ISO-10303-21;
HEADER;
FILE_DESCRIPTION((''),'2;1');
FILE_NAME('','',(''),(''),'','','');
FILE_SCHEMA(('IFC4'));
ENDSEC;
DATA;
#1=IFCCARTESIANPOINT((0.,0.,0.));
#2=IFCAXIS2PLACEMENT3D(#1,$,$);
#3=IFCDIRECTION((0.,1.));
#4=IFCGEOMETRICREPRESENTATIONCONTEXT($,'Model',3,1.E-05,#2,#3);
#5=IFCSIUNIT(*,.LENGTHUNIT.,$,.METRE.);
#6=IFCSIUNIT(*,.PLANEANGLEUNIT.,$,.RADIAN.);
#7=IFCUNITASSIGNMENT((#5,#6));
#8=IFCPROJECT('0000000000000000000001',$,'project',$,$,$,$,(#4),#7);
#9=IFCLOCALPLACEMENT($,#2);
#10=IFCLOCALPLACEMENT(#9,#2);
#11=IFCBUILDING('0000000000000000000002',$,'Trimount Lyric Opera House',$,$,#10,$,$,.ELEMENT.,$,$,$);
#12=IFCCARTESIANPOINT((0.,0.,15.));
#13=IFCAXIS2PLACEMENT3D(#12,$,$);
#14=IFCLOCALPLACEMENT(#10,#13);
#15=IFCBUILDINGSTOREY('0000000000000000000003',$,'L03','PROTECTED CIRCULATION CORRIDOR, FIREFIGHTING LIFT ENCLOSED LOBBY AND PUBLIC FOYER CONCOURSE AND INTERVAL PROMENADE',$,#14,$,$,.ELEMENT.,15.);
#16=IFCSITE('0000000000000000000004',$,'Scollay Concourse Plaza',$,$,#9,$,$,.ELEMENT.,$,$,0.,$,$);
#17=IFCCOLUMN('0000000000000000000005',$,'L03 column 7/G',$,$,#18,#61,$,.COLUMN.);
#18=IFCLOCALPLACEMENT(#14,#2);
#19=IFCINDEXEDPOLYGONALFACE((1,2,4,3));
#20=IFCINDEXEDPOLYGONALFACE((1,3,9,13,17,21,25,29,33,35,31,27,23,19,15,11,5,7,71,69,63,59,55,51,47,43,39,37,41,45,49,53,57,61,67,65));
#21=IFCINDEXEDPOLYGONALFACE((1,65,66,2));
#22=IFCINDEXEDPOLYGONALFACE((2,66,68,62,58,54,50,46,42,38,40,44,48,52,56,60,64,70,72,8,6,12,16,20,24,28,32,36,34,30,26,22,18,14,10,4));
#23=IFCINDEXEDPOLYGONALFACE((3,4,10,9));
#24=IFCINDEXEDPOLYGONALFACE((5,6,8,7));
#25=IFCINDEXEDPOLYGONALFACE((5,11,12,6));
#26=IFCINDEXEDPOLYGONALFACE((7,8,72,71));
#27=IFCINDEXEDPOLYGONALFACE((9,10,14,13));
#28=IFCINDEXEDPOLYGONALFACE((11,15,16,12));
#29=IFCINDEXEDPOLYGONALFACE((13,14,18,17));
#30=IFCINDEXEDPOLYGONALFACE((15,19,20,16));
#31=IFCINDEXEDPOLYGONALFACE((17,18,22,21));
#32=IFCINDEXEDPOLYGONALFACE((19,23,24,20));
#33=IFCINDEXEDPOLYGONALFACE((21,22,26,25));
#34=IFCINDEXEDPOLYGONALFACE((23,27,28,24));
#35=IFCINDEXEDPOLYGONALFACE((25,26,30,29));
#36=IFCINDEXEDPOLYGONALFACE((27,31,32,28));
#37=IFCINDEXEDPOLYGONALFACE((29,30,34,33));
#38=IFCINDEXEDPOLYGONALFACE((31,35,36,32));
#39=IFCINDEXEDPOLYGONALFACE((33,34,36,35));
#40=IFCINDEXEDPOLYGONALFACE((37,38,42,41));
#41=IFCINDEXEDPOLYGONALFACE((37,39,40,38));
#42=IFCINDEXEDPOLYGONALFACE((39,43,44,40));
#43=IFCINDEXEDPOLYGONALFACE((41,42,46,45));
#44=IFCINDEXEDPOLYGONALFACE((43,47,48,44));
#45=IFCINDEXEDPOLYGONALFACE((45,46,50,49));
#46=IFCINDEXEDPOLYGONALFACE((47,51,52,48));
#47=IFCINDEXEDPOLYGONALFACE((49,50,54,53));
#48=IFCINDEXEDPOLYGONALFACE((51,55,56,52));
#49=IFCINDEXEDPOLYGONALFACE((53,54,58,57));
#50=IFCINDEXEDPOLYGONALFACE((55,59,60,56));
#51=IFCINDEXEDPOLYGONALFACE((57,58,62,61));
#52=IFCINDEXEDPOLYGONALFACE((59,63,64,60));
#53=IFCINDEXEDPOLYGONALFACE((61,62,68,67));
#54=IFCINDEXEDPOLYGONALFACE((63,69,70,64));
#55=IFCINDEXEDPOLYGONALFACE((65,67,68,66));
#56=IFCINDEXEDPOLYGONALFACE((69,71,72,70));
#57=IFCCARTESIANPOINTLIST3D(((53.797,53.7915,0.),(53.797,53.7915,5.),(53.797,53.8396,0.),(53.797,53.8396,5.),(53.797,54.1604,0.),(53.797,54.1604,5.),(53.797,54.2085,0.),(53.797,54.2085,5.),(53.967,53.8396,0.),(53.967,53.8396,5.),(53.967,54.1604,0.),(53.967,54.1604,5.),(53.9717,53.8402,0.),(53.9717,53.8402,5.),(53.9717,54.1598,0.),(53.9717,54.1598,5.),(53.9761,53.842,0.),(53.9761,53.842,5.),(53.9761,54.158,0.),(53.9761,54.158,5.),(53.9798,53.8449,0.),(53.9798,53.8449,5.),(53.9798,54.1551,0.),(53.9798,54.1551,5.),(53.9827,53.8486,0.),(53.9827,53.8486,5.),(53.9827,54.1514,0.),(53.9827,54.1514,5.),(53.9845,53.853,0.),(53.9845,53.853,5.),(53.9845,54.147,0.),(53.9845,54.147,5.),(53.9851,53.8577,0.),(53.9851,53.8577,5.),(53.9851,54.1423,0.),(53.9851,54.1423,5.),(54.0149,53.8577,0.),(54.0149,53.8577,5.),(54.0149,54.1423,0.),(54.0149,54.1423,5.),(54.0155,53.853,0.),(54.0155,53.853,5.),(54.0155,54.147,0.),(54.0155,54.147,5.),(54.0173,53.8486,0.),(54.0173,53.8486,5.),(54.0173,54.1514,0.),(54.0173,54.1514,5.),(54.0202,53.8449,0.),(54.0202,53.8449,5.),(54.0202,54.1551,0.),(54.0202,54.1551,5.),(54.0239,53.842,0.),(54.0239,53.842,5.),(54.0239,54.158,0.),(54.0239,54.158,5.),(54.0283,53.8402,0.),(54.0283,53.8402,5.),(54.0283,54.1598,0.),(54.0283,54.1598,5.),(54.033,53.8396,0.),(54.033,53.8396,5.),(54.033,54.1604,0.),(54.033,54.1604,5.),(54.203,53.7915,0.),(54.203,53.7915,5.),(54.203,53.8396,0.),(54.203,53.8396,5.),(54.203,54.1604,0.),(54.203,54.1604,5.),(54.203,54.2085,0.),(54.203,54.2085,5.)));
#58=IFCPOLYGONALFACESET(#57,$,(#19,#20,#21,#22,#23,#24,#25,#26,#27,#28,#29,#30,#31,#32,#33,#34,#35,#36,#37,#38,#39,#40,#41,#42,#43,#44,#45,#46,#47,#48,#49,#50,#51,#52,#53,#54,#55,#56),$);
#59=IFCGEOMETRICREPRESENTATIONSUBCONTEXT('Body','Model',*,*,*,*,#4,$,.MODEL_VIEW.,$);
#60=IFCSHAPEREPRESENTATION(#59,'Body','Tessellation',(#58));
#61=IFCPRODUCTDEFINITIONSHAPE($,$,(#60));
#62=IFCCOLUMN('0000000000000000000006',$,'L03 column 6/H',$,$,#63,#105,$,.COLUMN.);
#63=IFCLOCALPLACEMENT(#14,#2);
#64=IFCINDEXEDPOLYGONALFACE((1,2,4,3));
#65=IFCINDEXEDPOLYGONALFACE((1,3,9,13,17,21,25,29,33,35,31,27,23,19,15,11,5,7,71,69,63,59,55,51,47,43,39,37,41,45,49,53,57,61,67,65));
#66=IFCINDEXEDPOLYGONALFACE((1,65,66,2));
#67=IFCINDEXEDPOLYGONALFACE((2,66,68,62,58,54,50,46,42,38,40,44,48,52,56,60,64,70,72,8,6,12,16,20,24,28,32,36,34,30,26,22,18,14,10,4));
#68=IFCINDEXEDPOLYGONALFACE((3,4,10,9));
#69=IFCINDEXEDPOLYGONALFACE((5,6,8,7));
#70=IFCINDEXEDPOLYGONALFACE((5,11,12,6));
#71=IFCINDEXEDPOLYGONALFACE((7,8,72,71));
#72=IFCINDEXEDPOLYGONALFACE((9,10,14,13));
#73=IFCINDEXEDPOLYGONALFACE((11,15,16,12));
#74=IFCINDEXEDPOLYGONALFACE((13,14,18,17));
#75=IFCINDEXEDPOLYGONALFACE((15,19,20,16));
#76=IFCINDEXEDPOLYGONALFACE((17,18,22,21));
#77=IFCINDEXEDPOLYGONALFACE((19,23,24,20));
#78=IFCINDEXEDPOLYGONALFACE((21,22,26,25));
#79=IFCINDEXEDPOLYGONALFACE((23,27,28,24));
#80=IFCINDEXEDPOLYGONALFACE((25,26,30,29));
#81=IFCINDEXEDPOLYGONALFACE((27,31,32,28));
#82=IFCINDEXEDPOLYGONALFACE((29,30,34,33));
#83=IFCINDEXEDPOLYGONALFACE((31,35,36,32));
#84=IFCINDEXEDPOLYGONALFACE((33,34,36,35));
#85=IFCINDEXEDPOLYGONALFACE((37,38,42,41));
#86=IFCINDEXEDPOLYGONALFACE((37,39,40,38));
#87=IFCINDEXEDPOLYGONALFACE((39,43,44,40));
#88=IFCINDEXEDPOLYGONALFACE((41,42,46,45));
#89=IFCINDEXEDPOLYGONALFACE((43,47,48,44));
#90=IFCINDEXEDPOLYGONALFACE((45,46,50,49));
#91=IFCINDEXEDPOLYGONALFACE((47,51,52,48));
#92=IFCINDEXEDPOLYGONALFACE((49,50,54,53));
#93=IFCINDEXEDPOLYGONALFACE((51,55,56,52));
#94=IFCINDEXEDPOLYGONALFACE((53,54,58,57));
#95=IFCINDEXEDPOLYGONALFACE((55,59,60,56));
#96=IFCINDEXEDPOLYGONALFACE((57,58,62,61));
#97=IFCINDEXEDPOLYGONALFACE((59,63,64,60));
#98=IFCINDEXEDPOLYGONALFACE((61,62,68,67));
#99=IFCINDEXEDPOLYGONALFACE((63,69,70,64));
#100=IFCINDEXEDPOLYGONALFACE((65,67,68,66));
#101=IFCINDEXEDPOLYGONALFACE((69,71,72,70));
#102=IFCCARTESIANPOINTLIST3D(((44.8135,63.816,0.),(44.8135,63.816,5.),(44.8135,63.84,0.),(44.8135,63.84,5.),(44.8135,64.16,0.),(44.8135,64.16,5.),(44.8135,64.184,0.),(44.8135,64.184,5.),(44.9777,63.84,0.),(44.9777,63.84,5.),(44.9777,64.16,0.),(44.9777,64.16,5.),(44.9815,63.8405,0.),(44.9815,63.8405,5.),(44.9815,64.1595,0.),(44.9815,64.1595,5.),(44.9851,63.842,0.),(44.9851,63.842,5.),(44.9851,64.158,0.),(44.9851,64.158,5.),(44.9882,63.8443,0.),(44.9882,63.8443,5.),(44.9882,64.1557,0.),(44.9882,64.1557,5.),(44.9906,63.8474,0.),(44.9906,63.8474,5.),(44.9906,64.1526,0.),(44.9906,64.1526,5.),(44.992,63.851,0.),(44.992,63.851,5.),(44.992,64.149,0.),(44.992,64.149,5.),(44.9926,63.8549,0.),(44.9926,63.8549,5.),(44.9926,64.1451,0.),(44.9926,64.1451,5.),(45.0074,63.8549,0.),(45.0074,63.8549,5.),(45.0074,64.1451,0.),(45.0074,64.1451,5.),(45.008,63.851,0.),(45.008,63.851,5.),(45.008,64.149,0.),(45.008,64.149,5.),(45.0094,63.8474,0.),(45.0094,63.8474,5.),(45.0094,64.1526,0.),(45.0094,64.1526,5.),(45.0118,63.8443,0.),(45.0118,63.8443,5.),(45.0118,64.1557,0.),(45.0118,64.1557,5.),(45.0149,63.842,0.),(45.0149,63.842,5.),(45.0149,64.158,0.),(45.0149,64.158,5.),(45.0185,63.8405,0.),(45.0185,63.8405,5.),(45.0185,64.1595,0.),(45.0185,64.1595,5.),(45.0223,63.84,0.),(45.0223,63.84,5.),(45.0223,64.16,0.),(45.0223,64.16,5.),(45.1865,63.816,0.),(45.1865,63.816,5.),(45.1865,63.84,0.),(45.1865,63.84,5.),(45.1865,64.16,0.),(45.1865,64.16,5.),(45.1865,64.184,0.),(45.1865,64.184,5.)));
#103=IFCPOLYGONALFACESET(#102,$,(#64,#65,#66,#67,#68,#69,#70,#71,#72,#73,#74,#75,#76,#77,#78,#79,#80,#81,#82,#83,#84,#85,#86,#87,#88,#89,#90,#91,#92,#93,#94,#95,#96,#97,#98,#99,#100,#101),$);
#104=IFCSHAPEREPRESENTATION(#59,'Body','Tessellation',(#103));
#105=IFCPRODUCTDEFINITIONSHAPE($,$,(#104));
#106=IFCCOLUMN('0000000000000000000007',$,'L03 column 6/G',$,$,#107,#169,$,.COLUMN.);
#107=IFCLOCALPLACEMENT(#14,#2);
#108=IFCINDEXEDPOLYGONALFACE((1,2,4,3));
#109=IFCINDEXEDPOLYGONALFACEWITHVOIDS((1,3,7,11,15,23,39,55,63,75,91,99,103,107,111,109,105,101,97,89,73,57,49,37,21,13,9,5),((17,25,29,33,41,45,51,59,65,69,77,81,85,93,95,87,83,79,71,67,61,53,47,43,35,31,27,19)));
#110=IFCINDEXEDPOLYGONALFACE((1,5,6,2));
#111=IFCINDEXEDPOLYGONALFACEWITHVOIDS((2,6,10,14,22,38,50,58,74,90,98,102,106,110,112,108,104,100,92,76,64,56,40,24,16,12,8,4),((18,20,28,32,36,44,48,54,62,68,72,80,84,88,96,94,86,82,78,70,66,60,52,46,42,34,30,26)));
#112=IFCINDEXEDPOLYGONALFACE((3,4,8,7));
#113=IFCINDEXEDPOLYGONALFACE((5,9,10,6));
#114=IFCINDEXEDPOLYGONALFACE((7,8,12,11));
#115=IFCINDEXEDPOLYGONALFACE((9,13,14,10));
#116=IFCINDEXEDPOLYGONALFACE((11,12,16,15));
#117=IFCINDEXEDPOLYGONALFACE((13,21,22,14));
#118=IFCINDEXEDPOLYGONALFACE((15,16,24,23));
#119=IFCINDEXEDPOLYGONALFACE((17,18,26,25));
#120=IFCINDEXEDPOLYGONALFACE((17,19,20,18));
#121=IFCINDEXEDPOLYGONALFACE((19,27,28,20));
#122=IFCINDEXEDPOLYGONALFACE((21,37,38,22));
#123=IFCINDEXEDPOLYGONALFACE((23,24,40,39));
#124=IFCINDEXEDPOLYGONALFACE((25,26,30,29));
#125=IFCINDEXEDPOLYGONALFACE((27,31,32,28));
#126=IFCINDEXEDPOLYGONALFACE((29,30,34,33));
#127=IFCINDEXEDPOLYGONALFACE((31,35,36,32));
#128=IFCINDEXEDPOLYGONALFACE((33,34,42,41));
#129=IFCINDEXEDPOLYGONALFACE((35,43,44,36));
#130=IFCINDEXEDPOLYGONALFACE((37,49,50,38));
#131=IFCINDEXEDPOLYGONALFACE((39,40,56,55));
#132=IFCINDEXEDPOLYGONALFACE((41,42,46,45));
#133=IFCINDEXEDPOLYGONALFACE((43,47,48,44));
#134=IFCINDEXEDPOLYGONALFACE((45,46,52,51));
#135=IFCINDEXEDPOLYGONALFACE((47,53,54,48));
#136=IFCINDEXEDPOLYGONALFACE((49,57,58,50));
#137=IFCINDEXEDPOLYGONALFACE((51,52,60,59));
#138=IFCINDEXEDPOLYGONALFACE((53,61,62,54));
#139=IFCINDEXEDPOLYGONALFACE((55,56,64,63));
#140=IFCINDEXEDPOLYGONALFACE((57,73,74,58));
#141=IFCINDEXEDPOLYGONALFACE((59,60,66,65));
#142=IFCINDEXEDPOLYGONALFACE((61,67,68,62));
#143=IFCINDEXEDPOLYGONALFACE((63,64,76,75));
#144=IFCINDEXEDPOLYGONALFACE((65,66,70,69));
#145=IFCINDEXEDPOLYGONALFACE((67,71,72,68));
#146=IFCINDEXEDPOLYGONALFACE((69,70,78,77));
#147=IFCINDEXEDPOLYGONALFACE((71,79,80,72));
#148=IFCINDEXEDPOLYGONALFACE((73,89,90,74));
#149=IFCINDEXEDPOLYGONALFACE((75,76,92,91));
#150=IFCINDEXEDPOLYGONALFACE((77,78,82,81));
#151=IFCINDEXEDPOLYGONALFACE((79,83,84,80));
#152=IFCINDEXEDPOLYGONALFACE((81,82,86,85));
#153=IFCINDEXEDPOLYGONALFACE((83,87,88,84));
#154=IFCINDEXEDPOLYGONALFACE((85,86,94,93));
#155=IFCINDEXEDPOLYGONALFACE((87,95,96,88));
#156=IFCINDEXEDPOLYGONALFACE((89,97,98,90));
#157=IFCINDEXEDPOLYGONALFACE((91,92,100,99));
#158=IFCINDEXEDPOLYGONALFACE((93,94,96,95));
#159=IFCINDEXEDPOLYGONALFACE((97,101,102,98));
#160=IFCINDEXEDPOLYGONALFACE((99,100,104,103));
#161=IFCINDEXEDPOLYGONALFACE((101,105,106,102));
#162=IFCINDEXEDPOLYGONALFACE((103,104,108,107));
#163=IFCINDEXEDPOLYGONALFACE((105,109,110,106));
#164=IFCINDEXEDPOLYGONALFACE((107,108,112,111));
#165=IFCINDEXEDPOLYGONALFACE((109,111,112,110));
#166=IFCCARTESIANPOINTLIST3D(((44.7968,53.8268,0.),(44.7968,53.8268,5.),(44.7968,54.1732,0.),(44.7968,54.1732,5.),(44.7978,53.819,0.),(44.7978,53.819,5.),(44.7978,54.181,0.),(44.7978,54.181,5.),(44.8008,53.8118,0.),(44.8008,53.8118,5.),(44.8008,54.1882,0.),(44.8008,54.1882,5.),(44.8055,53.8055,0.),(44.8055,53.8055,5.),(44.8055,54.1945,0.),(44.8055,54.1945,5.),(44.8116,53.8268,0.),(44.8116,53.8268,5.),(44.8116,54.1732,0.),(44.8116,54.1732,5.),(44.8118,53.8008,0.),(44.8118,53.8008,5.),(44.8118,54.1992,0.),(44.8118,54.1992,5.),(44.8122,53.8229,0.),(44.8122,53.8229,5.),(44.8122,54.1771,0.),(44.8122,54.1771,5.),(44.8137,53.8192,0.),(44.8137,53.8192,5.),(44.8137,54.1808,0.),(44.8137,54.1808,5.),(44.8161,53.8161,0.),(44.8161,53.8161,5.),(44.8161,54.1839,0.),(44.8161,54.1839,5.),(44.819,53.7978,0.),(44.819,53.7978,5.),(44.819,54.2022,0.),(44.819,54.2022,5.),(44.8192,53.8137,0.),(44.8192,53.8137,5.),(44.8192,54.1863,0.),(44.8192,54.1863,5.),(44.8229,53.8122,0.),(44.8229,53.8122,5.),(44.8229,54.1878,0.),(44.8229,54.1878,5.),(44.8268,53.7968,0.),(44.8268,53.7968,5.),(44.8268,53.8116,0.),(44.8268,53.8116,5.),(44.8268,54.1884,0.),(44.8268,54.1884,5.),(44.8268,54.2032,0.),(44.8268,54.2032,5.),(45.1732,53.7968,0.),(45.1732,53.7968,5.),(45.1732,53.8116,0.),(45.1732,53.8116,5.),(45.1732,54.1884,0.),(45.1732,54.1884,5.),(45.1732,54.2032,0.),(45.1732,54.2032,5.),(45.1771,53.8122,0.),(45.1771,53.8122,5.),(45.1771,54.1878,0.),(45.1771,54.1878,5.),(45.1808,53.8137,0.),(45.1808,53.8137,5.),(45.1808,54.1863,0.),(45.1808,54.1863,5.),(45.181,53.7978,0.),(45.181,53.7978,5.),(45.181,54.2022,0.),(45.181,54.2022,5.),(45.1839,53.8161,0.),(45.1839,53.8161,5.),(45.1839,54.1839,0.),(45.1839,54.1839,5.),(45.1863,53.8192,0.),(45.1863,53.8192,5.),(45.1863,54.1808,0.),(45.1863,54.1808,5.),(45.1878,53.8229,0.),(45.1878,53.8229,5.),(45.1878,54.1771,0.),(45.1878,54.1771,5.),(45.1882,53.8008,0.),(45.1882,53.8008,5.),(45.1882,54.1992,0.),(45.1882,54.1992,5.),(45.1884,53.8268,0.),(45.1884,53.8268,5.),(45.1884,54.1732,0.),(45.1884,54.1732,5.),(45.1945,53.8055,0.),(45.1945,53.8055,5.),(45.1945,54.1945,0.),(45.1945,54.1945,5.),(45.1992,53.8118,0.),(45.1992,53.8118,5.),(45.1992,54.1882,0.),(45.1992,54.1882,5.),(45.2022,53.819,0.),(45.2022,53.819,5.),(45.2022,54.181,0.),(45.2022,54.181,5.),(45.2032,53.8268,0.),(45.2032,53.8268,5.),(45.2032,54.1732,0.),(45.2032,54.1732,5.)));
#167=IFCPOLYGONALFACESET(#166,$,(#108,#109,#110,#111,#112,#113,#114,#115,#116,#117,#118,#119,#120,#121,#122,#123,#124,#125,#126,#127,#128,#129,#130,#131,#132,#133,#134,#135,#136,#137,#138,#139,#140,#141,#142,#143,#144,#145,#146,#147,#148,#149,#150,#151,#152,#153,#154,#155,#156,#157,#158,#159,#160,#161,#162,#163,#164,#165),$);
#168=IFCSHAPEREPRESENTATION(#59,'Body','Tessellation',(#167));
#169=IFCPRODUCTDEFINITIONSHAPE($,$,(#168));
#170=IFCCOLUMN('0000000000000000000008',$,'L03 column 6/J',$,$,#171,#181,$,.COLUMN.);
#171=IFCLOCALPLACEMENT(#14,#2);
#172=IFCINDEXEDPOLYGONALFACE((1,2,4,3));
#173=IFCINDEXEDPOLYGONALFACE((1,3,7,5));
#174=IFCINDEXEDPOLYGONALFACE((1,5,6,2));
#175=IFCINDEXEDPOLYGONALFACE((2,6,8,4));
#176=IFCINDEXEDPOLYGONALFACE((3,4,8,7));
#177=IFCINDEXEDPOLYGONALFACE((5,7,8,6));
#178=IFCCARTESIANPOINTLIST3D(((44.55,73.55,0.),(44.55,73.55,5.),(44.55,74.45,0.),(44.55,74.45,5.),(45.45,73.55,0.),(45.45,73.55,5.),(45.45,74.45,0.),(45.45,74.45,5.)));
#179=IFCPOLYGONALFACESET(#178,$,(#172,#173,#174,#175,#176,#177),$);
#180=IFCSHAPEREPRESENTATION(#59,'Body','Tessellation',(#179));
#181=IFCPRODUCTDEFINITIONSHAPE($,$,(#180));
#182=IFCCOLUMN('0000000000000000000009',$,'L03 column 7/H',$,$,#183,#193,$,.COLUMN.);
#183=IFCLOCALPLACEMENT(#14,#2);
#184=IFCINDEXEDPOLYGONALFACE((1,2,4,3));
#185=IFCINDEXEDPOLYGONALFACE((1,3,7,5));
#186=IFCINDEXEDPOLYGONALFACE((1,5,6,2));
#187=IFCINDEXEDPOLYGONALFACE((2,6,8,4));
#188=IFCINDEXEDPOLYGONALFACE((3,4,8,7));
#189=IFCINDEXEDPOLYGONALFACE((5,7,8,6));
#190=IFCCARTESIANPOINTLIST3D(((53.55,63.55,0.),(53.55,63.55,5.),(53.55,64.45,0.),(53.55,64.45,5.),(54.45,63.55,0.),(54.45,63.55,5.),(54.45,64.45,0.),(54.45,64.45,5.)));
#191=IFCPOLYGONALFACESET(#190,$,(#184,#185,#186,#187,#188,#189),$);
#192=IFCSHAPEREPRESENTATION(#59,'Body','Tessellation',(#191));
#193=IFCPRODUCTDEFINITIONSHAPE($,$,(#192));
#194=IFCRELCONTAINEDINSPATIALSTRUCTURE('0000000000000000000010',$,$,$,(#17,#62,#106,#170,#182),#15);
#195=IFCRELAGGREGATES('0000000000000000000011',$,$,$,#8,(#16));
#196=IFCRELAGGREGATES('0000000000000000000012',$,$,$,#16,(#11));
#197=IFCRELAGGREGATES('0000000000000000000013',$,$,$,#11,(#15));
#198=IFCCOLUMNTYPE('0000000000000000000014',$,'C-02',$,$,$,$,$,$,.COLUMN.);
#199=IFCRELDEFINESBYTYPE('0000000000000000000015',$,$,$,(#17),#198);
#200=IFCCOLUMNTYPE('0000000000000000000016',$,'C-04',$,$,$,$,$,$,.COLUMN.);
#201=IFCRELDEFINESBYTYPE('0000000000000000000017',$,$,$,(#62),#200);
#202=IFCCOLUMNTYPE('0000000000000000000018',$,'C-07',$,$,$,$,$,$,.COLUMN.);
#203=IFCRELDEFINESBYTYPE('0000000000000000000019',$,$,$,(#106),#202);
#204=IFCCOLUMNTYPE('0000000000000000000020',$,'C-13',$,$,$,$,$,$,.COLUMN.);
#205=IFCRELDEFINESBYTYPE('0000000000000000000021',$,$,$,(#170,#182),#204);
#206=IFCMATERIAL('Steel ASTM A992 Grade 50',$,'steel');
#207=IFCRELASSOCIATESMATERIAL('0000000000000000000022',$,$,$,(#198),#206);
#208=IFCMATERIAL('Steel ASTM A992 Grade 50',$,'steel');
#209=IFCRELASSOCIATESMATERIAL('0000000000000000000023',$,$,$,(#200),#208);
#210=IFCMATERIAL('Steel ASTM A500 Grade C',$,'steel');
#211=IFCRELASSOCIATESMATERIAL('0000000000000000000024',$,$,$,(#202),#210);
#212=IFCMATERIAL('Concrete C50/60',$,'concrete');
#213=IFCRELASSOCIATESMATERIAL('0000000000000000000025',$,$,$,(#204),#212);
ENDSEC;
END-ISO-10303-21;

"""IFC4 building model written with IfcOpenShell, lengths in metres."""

from ifc_helpers import new_model, si_unit, direction, frame, origin, origin_2d, place, context, subcontext, project, spatial, rectangle, hollow_rectangle, i_section, extrude, material, material_profile, profile_set, type_object, element, save


model = new_model("IFC4")

# Units and contexts
model_context = context("Model", 3, precision=1e-05, world=origin(), true_north=direction((0.0, 1.0)))
body_context = subcontext(model_context, "Body", "Model", "MODEL_VIEW")
ifc_project = project(units=[si_unit("LENGTHUNIT", "METRE"), si_unit("PLANEANGLEUNIT", "RADIAN")], contexts=[model_context])

# Site, building, storey
site_placement = place(None, origin())
site = spatial("IfcSite", under=ifc_project, at=site_placement, Name="Scollay Concourse Plaza", CompositionType="ELEMENT", RefElevation=0.0)
building_placement = place(site_placement, origin())
building = spatial("IfcBuilding", under=site, at=building_placement, Name="Trimount Lyric Opera House", CompositionType="ELEMENT")
storey_placement = place(building_placement, frame((0.0, 0.0, 15.0)))
storey = spatial("IfcBuildingStorey", under=building, at=storey_placement, Name="L03", Description="PROTECTED CIRCULATION CORRIDOR, FIREFIGHTING LIFT ENCLOSED LOBBY AND PUBLIC FOYER CONCOURSE AND INTERVAL PROMENADE", CompositionType="ELEMENT", Elevation=15.0)

# Columns
ifc_material_1 = material(Name="Steel ASTM A992 Grade 50", Category="steel")
ifc_material_profile_1 = material_profile(ifc_material_1, i_section(OverallWidth=0.406, OverallDepth=0.417, WebThickness=0.0298, FlangeThickness=0.0481, FilletRadius=0.0181, at=origin_2d()), Name="W14X257")
ifc_profile_set_1 = profile_set([ifc_material_profile_1], Name="Steel ASTM A992 Grade 50")
column_type_1 = type_object("IfcColumnType", Name="C-02", PredefinedType="COLUMN", material=ifc_profile_set_1)
column_1_placement = place(storey_placement, frame((54.0, 54.0, 0.0), z_axis=(0.0, 0.0, 1.0), x_axis=(1.0, 0.0, 0.0)))
element("IfcColumn", 1, at=column_1_placement, inside=storey, type_object=column_type_1, Name="L03 column 7/G", PredefinedType="COLUMN", context=body_context, shape_type="SweptSolid", body=[
    extrude(i_section(OverallWidth=0.406, OverallDepth=0.417, WebThickness=0.0298, FlangeThickness=0.0481, FilletRadius=0.0181, at=origin_2d()), origin(), (0.0, 0.0, 1.0), 5.0),
])
ifc_material_2 = material(Name="Steel ASTM A992 Grade 50", Category="steel")
ifc_material_profile_2 = material_profile(ifc_material_2, i_section(OverallWidth=0.373, OverallDepth=0.3679, WebThickness=0.0149, FlangeThickness=0.0239, FilletRadius=0.0149, at=origin_2d()), Name="W14X120")
ifc_profile_set_2 = profile_set([ifc_material_profile_2], Name="Steel ASTM A992 Grade 50")
column_type_2 = type_object("IfcColumnType", Name="C-04", PredefinedType="COLUMN", material=ifc_profile_set_2)
column_2_placement = place(storey_placement, frame((45.0, 64.0, 0.0), z_axis=(0.0, 0.0, 1.0), x_axis=(1.0, 0.0, 0.0)))
element("IfcColumn", 2, at=column_2_placement, inside=storey, type_object=column_type_2, Name="L03 column 6/H", PredefinedType="COLUMN", context=body_context, shape_type="SweptSolid", body=[
    extrude(i_section(OverallWidth=0.373, OverallDepth=0.3679, WebThickness=0.0149, FlangeThickness=0.0239, FilletRadius=0.0149, at=origin_2d()), origin(), (0.0, 0.0, 1.0), 5.0),
])
ifc_material_3 = material(Name="Steel ASTM A500 Grade C", Category="steel")
ifc_material_profile_3 = material_profile(ifc_material_3, hollow_rectangle(XDim=0.4065, YDim=0.4065, WallThickness=0.0149, InnerFilletRadius=0.0151, OuterFilletRadius=0.03, at=origin_2d()), Name="HSS406.4X406.4X15.9")
ifc_profile_set_3 = profile_set([ifc_material_profile_3], Name="Steel ASTM A500 Grade C")
column_type_3 = type_object("IfcColumnType", Name="C-07", PredefinedType="COLUMN", material=ifc_profile_set_3)
column_3_placement = place(storey_placement, frame((45.0, 54.0, 0.0), z_axis=(0.0, 0.0, 1.0), x_axis=(1.0, 0.0, 0.0)))
element("IfcColumn", 3, at=column_3_placement, inside=storey, type_object=column_type_3, Name="L03 column 6/G", PredefinedType="COLUMN", context=body_context, shape_type="SweptSolid", body=[
    extrude(hollow_rectangle(XDim=0.4065, YDim=0.4065, WallThickness=0.0149, InnerFilletRadius=0.0151, OuterFilletRadius=0.03, at=origin_2d()), origin(), (0.0, 0.0, 1.0), 5.0),
])
ifc_material_4 = material(Name="Concrete C50/60", Category="concrete")
ifc_material_profile_4 = material_profile(ifc_material_4, rectangle(XDim=0.8999, YDim=0.8999, at=origin_2d()), Name="RC900X900")
ifc_profile_set_4 = profile_set([ifc_material_profile_4], Name="Concrete C50/60")
column_type_4 = type_object("IfcColumnType", Name="C-13", PredefinedType="COLUMN", material=ifc_profile_set_4)
for number, where, z_axis, x_axis, name in (
    (4, (45.0, 74.0, 0.0), (0.0, 0.0, 1.0), (1.0, 0.0, 0.0), "L03 column 6/J"),
    (5, (54.0, 64.0, 0.0), (0.0, 0.0, 1.0), (1.0, 0.0, 0.0), "L03 column 7/H"),
):
    element("IfcColumn", number, at=place(storey_placement, frame(where, z_axis=z_axis, x_axis=x_axis)), inside=storey, type_object=column_type_4, Name=name, PredefinedType="COLUMN", context=body_context, shape_type="SweptSolid", body=[
        extrude(rectangle(XDim=0.8999, YDim=0.8999, at=origin_2d()), origin(), (0.0, 0.0, 1.0), 5.0),
    ])

save(model, "model.ifc")
